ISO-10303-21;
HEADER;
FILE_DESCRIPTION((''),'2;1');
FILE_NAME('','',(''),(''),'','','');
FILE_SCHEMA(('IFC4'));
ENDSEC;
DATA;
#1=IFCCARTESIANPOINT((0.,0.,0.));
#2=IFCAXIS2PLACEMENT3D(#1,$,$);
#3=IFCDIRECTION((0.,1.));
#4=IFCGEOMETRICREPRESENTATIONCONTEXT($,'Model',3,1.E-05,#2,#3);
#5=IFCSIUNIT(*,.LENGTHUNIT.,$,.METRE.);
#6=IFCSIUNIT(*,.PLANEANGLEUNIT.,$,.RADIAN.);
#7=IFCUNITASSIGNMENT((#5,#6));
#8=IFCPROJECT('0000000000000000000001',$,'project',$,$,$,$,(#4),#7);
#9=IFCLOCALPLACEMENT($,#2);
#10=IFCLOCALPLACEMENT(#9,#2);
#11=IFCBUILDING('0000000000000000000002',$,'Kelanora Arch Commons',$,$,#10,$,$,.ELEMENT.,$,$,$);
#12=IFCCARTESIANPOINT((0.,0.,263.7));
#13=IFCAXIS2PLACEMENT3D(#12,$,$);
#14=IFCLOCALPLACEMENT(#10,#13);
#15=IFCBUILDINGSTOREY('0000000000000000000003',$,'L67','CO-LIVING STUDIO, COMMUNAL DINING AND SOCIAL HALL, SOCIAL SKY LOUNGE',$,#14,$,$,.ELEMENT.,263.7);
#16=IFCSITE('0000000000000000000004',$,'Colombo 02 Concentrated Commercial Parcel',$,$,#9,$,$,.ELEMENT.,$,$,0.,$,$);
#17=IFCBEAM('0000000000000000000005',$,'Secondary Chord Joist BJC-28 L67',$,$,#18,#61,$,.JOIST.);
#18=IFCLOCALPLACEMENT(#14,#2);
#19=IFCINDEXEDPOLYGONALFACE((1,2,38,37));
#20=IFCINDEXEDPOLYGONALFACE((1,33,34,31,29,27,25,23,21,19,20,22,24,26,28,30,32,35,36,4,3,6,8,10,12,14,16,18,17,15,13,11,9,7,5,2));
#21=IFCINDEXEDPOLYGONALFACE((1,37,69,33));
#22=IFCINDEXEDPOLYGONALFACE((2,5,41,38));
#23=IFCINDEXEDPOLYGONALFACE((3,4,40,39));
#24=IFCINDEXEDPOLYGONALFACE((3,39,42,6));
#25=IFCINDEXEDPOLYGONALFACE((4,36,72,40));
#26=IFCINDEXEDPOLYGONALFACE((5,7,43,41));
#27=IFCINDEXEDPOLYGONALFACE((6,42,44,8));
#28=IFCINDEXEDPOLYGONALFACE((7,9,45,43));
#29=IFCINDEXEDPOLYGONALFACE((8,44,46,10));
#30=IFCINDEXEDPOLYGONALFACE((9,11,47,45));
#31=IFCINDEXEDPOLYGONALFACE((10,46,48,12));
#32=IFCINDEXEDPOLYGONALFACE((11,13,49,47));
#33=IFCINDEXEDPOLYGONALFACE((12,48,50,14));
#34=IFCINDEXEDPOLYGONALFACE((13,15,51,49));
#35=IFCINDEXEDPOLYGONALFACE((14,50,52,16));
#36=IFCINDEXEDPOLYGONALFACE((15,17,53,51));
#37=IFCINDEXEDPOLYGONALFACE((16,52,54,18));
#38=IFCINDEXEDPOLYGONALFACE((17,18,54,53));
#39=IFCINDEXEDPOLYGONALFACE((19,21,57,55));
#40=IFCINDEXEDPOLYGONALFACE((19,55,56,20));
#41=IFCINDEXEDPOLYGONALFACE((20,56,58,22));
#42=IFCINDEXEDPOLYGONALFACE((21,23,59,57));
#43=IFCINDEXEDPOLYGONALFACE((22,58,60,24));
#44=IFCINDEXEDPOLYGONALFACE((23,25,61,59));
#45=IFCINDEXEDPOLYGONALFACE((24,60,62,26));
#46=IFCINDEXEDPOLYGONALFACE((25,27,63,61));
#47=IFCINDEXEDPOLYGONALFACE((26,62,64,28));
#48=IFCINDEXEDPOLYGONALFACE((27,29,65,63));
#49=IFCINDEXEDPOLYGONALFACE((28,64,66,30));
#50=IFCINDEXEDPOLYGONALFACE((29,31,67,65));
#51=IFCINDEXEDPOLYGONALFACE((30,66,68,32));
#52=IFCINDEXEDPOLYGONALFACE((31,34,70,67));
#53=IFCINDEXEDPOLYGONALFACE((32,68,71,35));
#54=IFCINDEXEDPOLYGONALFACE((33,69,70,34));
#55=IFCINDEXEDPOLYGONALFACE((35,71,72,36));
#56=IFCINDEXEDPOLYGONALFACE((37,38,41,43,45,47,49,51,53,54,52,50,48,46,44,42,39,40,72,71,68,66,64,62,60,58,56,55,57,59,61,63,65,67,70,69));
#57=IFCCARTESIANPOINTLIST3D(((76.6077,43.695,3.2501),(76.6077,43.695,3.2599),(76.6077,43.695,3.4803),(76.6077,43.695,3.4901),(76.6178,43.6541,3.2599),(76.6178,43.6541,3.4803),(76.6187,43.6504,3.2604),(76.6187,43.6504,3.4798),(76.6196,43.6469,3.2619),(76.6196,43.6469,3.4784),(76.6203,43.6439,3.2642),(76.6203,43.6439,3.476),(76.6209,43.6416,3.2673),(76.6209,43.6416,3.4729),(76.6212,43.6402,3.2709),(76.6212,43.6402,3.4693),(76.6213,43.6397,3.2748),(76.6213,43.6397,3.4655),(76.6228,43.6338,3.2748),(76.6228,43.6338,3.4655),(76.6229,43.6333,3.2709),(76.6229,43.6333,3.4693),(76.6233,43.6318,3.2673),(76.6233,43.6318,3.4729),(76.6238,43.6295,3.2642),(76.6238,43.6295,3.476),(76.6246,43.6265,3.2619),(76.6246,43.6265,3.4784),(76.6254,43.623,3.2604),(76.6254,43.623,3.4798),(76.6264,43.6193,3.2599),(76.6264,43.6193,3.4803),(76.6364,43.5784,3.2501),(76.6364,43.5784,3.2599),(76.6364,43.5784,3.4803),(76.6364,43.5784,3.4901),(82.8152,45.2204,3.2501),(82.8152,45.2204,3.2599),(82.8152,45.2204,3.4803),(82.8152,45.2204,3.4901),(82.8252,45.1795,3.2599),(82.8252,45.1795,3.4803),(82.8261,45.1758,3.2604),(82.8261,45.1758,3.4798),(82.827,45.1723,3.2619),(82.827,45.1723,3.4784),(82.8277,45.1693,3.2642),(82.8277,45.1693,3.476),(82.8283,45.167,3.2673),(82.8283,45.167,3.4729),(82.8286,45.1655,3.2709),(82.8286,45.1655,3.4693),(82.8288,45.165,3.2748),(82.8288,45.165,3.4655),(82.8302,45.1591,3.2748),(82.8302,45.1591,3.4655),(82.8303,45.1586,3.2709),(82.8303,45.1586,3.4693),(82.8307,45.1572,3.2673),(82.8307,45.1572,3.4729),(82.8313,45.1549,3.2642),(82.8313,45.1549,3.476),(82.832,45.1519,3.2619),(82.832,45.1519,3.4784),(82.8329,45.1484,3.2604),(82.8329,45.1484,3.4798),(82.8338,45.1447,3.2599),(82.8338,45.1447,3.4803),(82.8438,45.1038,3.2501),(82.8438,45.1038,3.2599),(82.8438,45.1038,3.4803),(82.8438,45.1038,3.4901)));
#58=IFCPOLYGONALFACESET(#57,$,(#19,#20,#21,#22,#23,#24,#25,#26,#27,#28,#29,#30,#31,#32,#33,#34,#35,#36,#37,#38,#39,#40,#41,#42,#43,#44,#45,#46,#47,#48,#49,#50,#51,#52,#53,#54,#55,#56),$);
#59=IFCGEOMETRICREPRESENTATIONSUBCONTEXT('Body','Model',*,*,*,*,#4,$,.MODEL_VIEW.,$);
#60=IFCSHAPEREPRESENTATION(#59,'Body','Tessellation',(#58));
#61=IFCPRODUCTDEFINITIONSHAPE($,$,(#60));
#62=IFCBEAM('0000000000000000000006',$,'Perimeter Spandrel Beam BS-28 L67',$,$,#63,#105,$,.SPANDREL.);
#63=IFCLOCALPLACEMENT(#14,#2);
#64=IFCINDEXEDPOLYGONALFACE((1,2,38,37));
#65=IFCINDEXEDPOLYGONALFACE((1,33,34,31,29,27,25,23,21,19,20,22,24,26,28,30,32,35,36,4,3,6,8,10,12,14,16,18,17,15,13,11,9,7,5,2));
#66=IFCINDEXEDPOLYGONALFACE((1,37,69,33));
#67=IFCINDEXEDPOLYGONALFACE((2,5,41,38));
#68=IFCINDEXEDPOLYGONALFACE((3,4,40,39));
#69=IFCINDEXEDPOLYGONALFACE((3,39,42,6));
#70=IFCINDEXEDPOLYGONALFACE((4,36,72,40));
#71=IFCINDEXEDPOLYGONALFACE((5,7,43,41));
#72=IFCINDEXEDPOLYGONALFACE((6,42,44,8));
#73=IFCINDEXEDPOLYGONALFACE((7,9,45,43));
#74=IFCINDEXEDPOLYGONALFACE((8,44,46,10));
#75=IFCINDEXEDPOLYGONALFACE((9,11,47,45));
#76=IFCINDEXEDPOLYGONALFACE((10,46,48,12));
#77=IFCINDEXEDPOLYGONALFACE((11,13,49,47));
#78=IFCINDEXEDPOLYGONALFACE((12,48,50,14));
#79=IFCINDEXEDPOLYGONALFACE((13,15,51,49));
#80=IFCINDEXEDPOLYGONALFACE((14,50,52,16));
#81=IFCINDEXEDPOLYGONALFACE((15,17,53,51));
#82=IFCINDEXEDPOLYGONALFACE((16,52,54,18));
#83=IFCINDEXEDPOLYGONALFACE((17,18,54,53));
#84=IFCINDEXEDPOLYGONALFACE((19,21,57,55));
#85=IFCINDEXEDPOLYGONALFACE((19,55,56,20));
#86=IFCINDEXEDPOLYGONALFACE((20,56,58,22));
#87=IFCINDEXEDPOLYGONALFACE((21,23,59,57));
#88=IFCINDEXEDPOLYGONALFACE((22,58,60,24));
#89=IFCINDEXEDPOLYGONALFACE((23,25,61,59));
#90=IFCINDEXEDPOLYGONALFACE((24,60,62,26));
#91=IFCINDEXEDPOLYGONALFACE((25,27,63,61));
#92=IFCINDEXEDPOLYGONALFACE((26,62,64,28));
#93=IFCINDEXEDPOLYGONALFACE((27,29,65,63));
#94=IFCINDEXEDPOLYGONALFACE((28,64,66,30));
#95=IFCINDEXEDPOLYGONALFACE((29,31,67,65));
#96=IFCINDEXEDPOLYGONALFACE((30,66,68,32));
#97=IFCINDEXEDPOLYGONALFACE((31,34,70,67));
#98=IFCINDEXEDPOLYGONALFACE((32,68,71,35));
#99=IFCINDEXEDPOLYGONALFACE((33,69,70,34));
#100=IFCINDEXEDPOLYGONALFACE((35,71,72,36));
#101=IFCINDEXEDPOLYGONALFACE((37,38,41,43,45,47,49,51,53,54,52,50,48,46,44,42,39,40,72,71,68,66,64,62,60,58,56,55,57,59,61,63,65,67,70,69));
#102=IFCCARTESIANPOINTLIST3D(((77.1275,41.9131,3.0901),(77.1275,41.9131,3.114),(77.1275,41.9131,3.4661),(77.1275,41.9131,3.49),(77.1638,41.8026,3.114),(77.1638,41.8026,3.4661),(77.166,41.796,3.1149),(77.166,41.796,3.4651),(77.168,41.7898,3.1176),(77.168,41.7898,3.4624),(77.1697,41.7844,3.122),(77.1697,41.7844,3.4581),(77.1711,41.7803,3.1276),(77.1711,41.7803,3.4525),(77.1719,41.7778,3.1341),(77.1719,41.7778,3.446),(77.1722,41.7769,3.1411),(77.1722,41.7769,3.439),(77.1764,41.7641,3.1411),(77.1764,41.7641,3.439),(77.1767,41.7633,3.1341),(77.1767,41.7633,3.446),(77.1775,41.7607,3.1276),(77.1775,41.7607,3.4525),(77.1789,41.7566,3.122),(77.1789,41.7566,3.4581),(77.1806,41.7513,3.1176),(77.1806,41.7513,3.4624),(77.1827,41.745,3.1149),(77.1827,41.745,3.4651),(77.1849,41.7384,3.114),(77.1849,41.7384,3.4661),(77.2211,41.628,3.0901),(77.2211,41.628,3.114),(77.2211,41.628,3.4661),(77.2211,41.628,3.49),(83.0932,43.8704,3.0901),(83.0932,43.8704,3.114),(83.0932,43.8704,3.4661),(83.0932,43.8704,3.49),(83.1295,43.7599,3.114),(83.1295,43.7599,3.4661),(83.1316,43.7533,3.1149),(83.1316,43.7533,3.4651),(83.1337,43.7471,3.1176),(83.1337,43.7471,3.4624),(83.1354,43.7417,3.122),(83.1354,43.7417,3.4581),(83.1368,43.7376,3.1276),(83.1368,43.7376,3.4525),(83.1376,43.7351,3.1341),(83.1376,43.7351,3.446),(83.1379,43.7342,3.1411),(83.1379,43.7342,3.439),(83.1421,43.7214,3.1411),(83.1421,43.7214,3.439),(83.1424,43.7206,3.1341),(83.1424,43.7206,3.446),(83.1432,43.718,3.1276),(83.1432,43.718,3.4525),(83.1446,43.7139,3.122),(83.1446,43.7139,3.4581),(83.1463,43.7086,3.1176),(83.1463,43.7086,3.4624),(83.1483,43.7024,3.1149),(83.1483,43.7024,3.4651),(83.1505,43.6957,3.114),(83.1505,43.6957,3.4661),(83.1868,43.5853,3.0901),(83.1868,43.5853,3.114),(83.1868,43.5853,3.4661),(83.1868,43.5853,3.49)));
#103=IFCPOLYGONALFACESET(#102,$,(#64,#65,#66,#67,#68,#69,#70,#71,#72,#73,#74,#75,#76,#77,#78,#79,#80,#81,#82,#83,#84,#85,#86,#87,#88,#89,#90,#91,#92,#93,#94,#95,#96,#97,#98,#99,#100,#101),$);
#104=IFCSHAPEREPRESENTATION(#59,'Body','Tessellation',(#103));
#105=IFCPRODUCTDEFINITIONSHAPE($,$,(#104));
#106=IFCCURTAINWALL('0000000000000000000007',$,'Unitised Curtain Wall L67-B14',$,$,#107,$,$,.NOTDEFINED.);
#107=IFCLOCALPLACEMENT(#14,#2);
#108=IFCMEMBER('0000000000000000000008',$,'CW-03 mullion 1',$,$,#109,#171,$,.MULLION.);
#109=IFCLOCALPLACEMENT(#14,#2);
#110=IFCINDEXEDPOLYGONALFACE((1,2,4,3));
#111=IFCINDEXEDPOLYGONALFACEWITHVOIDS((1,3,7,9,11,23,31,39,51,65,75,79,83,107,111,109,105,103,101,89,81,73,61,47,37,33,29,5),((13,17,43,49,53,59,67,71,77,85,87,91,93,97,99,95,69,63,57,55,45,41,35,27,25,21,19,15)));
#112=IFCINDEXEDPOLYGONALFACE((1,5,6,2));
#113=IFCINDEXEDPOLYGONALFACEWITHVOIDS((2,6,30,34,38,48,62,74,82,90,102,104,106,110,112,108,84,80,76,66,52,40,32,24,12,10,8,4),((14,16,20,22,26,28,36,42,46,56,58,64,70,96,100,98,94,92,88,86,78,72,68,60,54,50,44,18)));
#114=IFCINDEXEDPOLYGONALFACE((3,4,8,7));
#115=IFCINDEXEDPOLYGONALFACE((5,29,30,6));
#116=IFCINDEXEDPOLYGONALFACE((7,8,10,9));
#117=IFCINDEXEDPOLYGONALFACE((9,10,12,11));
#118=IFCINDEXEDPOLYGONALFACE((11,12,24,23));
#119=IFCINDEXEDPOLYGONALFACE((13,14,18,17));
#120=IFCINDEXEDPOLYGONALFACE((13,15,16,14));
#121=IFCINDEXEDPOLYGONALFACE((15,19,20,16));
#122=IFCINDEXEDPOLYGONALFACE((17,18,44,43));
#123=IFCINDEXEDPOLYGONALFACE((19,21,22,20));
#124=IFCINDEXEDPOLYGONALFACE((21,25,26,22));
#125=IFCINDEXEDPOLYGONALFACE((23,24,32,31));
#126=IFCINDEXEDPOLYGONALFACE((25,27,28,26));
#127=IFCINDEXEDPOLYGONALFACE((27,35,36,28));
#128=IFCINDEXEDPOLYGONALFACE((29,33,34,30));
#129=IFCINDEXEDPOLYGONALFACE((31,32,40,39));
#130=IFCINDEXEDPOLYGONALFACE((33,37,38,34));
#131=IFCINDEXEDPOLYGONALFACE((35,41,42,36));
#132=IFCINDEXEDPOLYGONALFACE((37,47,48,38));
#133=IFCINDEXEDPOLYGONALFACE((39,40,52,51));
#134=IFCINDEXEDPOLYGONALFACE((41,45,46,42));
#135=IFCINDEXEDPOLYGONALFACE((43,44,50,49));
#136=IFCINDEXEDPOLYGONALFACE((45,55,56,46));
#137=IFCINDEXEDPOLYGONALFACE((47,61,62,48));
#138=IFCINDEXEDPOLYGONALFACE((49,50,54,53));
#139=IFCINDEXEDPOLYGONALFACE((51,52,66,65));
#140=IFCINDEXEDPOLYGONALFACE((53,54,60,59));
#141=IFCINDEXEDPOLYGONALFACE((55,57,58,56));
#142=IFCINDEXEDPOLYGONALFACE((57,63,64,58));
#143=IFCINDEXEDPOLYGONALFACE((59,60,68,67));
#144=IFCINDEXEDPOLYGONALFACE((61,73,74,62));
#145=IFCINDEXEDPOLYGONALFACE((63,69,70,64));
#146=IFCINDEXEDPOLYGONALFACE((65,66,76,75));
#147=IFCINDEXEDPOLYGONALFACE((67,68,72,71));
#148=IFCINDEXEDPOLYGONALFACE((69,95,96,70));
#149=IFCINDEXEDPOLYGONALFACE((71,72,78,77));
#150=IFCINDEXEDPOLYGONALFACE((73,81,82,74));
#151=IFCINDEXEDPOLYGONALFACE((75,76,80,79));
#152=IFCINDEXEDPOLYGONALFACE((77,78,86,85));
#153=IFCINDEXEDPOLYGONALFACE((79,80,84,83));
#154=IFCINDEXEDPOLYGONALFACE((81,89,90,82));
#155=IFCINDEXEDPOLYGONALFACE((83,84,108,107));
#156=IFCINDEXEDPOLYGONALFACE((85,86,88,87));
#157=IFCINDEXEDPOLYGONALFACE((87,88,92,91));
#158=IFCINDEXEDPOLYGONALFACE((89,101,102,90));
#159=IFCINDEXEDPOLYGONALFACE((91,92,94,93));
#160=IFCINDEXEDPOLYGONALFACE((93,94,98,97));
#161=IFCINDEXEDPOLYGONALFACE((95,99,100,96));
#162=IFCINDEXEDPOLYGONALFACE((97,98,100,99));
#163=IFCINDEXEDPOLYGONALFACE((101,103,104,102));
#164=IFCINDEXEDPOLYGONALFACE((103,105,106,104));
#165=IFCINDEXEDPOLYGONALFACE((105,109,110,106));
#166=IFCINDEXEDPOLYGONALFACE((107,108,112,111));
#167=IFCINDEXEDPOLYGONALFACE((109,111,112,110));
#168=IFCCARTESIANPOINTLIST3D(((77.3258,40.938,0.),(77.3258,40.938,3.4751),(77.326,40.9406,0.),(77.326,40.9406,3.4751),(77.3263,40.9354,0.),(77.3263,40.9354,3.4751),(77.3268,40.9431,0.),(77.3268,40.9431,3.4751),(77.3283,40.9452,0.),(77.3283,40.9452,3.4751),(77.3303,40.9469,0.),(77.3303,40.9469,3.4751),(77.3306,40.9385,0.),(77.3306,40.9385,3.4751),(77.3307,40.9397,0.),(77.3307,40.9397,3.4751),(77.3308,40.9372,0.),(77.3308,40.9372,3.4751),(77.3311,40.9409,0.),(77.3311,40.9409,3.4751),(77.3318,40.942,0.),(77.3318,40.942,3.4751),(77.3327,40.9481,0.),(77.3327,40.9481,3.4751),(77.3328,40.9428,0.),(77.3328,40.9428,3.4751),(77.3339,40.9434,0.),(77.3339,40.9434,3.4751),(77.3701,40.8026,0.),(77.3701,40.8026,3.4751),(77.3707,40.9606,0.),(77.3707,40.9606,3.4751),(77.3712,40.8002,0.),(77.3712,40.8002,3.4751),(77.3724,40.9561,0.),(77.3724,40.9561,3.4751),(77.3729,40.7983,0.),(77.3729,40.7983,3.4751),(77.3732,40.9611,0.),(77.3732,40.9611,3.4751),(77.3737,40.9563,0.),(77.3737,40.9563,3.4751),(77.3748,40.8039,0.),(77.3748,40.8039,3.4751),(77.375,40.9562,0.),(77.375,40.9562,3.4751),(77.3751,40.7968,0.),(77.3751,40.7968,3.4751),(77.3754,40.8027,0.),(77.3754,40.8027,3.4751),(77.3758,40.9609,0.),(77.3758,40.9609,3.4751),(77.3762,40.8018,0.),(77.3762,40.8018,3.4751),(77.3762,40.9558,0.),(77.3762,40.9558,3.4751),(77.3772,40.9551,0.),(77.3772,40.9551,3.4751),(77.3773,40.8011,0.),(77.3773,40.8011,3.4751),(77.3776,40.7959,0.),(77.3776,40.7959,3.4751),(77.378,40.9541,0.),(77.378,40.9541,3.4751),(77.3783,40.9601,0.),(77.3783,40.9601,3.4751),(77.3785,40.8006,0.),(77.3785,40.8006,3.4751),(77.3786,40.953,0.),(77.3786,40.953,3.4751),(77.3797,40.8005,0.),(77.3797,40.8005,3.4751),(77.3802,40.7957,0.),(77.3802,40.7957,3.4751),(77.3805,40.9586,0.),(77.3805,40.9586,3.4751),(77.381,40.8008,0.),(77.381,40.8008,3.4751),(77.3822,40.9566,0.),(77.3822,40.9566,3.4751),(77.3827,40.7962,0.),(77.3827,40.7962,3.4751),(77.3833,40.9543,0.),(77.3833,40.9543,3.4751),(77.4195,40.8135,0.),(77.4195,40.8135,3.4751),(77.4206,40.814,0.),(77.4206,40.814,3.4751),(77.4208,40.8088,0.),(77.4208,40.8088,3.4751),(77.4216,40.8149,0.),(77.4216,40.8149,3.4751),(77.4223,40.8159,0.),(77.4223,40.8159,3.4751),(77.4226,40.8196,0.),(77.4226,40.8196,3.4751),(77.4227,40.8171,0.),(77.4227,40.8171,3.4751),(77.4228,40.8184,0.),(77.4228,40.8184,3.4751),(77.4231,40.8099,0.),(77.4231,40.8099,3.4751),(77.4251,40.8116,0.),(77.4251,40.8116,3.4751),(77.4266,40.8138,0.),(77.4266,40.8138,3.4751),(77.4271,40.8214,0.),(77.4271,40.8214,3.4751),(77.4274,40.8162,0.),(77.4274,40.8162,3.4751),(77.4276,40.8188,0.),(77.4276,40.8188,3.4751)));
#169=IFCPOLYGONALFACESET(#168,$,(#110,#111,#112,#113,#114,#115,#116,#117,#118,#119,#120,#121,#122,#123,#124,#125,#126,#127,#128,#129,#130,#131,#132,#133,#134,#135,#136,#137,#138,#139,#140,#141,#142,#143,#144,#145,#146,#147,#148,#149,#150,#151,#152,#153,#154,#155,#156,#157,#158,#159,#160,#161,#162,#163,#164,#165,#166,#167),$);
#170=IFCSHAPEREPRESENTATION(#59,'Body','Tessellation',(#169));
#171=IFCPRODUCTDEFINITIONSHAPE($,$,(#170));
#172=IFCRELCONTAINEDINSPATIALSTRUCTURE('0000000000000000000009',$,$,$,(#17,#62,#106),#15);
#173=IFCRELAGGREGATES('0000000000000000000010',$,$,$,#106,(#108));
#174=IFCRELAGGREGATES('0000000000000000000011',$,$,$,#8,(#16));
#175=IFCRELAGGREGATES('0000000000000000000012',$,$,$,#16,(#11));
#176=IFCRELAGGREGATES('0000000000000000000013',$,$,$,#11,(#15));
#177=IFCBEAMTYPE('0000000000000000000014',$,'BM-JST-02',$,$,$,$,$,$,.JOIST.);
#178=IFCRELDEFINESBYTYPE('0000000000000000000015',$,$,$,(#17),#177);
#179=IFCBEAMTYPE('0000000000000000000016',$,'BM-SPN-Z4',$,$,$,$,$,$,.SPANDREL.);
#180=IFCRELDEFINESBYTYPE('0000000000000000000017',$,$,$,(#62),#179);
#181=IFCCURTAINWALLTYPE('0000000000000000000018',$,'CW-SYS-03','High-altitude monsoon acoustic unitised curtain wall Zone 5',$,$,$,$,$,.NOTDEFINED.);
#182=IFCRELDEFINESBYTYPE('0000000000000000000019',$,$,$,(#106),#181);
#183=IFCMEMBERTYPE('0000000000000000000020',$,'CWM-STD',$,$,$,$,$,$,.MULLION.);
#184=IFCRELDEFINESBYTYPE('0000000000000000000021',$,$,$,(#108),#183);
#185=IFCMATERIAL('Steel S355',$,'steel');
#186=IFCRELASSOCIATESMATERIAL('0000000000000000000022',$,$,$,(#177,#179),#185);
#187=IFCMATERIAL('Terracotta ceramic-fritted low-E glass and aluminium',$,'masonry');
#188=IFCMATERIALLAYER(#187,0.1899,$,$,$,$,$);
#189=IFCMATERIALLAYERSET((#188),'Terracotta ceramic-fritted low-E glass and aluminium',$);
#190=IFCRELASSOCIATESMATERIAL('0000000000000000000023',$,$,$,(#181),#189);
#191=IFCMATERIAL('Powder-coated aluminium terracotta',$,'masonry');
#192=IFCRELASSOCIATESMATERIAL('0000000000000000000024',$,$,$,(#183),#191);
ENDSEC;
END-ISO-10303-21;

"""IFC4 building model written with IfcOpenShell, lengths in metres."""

from ifc_helpers import new_model, si_unit, direction, frame, origin, origin_2d, place, context, subcontext, project, spatial, hollow_rectangle, i_section, extrude, material, layer, layer_set, material_profile, profile_set, type_object, element, aggregate, save


model = new_model("IFC4")

# Units and contexts
model_context = context("Model", 3, precision=1e-05, world=origin(), true_north=direction((0.0, 1.0)))
body_context = subcontext(model_context, "Body", "Model", "MODEL_VIEW")
ifc_project = project(units=[si_unit("LENGTHUNIT", "METRE"), si_unit("PLANEANGLEUNIT", "RADIAN")], contexts=[model_context])

# Site, building, storey
site_placement = place(None, origin())
site = spatial("IfcSite", under=ifc_project, at=site_placement, Name="Colombo 02 Concentrated Commercial Parcel", CompositionType="ELEMENT", RefElevation=0.0)
building_placement = place(site_placement, origin())
building = spatial("IfcBuilding", under=site, at=building_placement, Name="Kelanora Arch Commons", CompositionType="ELEMENT")
storey_placement = place(building_placement, frame((0.0, 0.0, 263.7)))
storey = spatial("IfcBuildingStorey", under=building, at=storey_placement, Name="L67", Description="CO-LIVING STUDIO, COMMUNAL DINING AND SOCIAL HALL, SOCIAL SKY LOUNGE", CompositionType="ELEMENT", Elevation=263.7)

# Beams
ifc_material_1 = material(Name="Steel S355", Category="steel")
ifc_material_profile_1 = material_profile(ifc_material_1, i_section(OverallWidth=0.1201, OverallDepth=0.24, WebThickness=0.0061, FlangeThickness=0.0098, FilletRadius=0.0149, at=origin_2d()), Name="IPE240")
ifc_profile_set_1 = profile_set([ifc_material_profile_1], Name="Steel S355")
beam_type_1 = type_object("IfcBeamType", Name="BM-JST-02", PredefinedType="JOIST", material=ifc_profile_set_1)
beam_1_placement = place(storey_placement, frame((76.6221, 43.6367, 3.3701), z_axis=(0.97111, 0.238633, 0.0), x_axis=(-0.238633, 0.97111, 0.0)))
element("IfcBeam", 1, at=beam_1_placement, inside=storey, type_object=beam_type_1, Name="Secondary Chord Joist BJC-28 L67", PredefinedType="JOIST", context=body_context, shape_type="SweptSolid", body=[
    extrude(i_section(OverallWidth=0.1201, OverallDepth=0.24, WebThickness=0.0061, FlangeThickness=0.0098, FilletRadius=0.0149, at=origin_2d()), origin(), (0.0, 0.0, 1.0), 6.3921),
])
ifc_material_profile_2 = material_profile(ifc_material_1, i_section(OverallWidth=0.3, OverallDepth=0.3999, WebThickness=0.0134, FlangeThickness=0.0239, FilletRadius=0.0271, at=origin_2d()), Name="HEB400")
ifc_profile_set_2 = profile_set([ifc_material_profile_2], Name="Steel S355")
beam_type_2 = type_object("IfcBeamType", Name="BM-SPN-Z4", PredefinedType="SPANDREL", material=ifc_profile_set_2)
beam_2_placement = place(storey_placement, frame((77.1743, 41.7705, 3.29), z_axis=(0.950166, 0.311745, 0.0), x_axis=(-0.311745, 0.950166, 0.0)))
element("IfcBeam", 2, at=beam_2_placement, inside=storey, type_object=beam_type_2, Name="Perimeter Spandrel Beam BS-28 L67", PredefinedType="SPANDREL", context=body_context, shape_type="SweptSolid", body=[
    extrude(i_section(OverallWidth=0.3, OverallDepth=0.3999, WebThickness=0.0134, FlangeThickness=0.0239, FilletRadius=0.0271, at=origin_2d()), origin(), (0.0, 0.0, 1.0), 6.2786),
])

# Curtain wall, member
ifc_material_2 = material(Name="Terracotta ceramic-fritted low-E glass and aluminium", Category="masonry")
ifc_layer_1 = layer(ifc_material_2, 0.1899)
ifc_layer_set_1 = layer_set([ifc_layer_1], Name="Terracotta ceramic-fritted low-E glass and aluminium")
curtain_wall_type = type_object("IfcCurtainWallType", Name="CW-SYS-03", Description="High-altitude monsoon acoustic unitised curtain wall Zone 5", PredefinedType="NOTDEFINED", material=ifc_layer_set_1)
curtain_wall_placement = place(storey_placement, origin())
curtain_wall = element("IfcCurtainWall", 3, at=curtain_wall_placement, inside=storey, type_object=curtain_wall_type, Name="Unitised Curtain Wall L67-B14", PredefinedType="NOTDEFINED")
ifc_material_3 = material(Name="Powder-coated aluminium terracotta", Category="masonry")
ifc_material_profile_3 = material_profile(ifc_material_3, hollow_rectangle(XDim=0.1599, YDim=0.0601, WallThickness=0.0049, InnerFilletRadius=0.0049, OuterFilletRadius=0.01, at=origin_2d()), Name="CWM160x60")
ifc_profile_set_3 = profile_set([ifc_material_profile_3], Name="Powder-coated aluminium terracotta")
member_type_1 = type_object("IfcMemberType", Name="CWM-STD", PredefinedType="MULLION", material=ifc_profile_set_3)
member_1_placement = place(storey_placement, frame((77.3767, 40.8784, 0.0), z_axis=(0.0, 0.0, 1.0), x_axis=(-0.313253, 0.94967, 0.0)))
member_1 = element("IfcMember", 4, at=member_1_placement, type_object=member_type_1, Name="CW-03 mullion 1", PredefinedType="MULLION", context=body_context, shape_type="SweptSolid", body=[
    extrude(hollow_rectangle(XDim=0.1599, YDim=0.0601, WallThickness=0.0049, InnerFilletRadius=0.0049, OuterFilletRadius=0.01, at=origin_2d()), origin(), (0.0, 0.0, 1.0), 3.4751),
])
aggregate(curtain_wall, [member_1])

save(model, "model.ifc")
